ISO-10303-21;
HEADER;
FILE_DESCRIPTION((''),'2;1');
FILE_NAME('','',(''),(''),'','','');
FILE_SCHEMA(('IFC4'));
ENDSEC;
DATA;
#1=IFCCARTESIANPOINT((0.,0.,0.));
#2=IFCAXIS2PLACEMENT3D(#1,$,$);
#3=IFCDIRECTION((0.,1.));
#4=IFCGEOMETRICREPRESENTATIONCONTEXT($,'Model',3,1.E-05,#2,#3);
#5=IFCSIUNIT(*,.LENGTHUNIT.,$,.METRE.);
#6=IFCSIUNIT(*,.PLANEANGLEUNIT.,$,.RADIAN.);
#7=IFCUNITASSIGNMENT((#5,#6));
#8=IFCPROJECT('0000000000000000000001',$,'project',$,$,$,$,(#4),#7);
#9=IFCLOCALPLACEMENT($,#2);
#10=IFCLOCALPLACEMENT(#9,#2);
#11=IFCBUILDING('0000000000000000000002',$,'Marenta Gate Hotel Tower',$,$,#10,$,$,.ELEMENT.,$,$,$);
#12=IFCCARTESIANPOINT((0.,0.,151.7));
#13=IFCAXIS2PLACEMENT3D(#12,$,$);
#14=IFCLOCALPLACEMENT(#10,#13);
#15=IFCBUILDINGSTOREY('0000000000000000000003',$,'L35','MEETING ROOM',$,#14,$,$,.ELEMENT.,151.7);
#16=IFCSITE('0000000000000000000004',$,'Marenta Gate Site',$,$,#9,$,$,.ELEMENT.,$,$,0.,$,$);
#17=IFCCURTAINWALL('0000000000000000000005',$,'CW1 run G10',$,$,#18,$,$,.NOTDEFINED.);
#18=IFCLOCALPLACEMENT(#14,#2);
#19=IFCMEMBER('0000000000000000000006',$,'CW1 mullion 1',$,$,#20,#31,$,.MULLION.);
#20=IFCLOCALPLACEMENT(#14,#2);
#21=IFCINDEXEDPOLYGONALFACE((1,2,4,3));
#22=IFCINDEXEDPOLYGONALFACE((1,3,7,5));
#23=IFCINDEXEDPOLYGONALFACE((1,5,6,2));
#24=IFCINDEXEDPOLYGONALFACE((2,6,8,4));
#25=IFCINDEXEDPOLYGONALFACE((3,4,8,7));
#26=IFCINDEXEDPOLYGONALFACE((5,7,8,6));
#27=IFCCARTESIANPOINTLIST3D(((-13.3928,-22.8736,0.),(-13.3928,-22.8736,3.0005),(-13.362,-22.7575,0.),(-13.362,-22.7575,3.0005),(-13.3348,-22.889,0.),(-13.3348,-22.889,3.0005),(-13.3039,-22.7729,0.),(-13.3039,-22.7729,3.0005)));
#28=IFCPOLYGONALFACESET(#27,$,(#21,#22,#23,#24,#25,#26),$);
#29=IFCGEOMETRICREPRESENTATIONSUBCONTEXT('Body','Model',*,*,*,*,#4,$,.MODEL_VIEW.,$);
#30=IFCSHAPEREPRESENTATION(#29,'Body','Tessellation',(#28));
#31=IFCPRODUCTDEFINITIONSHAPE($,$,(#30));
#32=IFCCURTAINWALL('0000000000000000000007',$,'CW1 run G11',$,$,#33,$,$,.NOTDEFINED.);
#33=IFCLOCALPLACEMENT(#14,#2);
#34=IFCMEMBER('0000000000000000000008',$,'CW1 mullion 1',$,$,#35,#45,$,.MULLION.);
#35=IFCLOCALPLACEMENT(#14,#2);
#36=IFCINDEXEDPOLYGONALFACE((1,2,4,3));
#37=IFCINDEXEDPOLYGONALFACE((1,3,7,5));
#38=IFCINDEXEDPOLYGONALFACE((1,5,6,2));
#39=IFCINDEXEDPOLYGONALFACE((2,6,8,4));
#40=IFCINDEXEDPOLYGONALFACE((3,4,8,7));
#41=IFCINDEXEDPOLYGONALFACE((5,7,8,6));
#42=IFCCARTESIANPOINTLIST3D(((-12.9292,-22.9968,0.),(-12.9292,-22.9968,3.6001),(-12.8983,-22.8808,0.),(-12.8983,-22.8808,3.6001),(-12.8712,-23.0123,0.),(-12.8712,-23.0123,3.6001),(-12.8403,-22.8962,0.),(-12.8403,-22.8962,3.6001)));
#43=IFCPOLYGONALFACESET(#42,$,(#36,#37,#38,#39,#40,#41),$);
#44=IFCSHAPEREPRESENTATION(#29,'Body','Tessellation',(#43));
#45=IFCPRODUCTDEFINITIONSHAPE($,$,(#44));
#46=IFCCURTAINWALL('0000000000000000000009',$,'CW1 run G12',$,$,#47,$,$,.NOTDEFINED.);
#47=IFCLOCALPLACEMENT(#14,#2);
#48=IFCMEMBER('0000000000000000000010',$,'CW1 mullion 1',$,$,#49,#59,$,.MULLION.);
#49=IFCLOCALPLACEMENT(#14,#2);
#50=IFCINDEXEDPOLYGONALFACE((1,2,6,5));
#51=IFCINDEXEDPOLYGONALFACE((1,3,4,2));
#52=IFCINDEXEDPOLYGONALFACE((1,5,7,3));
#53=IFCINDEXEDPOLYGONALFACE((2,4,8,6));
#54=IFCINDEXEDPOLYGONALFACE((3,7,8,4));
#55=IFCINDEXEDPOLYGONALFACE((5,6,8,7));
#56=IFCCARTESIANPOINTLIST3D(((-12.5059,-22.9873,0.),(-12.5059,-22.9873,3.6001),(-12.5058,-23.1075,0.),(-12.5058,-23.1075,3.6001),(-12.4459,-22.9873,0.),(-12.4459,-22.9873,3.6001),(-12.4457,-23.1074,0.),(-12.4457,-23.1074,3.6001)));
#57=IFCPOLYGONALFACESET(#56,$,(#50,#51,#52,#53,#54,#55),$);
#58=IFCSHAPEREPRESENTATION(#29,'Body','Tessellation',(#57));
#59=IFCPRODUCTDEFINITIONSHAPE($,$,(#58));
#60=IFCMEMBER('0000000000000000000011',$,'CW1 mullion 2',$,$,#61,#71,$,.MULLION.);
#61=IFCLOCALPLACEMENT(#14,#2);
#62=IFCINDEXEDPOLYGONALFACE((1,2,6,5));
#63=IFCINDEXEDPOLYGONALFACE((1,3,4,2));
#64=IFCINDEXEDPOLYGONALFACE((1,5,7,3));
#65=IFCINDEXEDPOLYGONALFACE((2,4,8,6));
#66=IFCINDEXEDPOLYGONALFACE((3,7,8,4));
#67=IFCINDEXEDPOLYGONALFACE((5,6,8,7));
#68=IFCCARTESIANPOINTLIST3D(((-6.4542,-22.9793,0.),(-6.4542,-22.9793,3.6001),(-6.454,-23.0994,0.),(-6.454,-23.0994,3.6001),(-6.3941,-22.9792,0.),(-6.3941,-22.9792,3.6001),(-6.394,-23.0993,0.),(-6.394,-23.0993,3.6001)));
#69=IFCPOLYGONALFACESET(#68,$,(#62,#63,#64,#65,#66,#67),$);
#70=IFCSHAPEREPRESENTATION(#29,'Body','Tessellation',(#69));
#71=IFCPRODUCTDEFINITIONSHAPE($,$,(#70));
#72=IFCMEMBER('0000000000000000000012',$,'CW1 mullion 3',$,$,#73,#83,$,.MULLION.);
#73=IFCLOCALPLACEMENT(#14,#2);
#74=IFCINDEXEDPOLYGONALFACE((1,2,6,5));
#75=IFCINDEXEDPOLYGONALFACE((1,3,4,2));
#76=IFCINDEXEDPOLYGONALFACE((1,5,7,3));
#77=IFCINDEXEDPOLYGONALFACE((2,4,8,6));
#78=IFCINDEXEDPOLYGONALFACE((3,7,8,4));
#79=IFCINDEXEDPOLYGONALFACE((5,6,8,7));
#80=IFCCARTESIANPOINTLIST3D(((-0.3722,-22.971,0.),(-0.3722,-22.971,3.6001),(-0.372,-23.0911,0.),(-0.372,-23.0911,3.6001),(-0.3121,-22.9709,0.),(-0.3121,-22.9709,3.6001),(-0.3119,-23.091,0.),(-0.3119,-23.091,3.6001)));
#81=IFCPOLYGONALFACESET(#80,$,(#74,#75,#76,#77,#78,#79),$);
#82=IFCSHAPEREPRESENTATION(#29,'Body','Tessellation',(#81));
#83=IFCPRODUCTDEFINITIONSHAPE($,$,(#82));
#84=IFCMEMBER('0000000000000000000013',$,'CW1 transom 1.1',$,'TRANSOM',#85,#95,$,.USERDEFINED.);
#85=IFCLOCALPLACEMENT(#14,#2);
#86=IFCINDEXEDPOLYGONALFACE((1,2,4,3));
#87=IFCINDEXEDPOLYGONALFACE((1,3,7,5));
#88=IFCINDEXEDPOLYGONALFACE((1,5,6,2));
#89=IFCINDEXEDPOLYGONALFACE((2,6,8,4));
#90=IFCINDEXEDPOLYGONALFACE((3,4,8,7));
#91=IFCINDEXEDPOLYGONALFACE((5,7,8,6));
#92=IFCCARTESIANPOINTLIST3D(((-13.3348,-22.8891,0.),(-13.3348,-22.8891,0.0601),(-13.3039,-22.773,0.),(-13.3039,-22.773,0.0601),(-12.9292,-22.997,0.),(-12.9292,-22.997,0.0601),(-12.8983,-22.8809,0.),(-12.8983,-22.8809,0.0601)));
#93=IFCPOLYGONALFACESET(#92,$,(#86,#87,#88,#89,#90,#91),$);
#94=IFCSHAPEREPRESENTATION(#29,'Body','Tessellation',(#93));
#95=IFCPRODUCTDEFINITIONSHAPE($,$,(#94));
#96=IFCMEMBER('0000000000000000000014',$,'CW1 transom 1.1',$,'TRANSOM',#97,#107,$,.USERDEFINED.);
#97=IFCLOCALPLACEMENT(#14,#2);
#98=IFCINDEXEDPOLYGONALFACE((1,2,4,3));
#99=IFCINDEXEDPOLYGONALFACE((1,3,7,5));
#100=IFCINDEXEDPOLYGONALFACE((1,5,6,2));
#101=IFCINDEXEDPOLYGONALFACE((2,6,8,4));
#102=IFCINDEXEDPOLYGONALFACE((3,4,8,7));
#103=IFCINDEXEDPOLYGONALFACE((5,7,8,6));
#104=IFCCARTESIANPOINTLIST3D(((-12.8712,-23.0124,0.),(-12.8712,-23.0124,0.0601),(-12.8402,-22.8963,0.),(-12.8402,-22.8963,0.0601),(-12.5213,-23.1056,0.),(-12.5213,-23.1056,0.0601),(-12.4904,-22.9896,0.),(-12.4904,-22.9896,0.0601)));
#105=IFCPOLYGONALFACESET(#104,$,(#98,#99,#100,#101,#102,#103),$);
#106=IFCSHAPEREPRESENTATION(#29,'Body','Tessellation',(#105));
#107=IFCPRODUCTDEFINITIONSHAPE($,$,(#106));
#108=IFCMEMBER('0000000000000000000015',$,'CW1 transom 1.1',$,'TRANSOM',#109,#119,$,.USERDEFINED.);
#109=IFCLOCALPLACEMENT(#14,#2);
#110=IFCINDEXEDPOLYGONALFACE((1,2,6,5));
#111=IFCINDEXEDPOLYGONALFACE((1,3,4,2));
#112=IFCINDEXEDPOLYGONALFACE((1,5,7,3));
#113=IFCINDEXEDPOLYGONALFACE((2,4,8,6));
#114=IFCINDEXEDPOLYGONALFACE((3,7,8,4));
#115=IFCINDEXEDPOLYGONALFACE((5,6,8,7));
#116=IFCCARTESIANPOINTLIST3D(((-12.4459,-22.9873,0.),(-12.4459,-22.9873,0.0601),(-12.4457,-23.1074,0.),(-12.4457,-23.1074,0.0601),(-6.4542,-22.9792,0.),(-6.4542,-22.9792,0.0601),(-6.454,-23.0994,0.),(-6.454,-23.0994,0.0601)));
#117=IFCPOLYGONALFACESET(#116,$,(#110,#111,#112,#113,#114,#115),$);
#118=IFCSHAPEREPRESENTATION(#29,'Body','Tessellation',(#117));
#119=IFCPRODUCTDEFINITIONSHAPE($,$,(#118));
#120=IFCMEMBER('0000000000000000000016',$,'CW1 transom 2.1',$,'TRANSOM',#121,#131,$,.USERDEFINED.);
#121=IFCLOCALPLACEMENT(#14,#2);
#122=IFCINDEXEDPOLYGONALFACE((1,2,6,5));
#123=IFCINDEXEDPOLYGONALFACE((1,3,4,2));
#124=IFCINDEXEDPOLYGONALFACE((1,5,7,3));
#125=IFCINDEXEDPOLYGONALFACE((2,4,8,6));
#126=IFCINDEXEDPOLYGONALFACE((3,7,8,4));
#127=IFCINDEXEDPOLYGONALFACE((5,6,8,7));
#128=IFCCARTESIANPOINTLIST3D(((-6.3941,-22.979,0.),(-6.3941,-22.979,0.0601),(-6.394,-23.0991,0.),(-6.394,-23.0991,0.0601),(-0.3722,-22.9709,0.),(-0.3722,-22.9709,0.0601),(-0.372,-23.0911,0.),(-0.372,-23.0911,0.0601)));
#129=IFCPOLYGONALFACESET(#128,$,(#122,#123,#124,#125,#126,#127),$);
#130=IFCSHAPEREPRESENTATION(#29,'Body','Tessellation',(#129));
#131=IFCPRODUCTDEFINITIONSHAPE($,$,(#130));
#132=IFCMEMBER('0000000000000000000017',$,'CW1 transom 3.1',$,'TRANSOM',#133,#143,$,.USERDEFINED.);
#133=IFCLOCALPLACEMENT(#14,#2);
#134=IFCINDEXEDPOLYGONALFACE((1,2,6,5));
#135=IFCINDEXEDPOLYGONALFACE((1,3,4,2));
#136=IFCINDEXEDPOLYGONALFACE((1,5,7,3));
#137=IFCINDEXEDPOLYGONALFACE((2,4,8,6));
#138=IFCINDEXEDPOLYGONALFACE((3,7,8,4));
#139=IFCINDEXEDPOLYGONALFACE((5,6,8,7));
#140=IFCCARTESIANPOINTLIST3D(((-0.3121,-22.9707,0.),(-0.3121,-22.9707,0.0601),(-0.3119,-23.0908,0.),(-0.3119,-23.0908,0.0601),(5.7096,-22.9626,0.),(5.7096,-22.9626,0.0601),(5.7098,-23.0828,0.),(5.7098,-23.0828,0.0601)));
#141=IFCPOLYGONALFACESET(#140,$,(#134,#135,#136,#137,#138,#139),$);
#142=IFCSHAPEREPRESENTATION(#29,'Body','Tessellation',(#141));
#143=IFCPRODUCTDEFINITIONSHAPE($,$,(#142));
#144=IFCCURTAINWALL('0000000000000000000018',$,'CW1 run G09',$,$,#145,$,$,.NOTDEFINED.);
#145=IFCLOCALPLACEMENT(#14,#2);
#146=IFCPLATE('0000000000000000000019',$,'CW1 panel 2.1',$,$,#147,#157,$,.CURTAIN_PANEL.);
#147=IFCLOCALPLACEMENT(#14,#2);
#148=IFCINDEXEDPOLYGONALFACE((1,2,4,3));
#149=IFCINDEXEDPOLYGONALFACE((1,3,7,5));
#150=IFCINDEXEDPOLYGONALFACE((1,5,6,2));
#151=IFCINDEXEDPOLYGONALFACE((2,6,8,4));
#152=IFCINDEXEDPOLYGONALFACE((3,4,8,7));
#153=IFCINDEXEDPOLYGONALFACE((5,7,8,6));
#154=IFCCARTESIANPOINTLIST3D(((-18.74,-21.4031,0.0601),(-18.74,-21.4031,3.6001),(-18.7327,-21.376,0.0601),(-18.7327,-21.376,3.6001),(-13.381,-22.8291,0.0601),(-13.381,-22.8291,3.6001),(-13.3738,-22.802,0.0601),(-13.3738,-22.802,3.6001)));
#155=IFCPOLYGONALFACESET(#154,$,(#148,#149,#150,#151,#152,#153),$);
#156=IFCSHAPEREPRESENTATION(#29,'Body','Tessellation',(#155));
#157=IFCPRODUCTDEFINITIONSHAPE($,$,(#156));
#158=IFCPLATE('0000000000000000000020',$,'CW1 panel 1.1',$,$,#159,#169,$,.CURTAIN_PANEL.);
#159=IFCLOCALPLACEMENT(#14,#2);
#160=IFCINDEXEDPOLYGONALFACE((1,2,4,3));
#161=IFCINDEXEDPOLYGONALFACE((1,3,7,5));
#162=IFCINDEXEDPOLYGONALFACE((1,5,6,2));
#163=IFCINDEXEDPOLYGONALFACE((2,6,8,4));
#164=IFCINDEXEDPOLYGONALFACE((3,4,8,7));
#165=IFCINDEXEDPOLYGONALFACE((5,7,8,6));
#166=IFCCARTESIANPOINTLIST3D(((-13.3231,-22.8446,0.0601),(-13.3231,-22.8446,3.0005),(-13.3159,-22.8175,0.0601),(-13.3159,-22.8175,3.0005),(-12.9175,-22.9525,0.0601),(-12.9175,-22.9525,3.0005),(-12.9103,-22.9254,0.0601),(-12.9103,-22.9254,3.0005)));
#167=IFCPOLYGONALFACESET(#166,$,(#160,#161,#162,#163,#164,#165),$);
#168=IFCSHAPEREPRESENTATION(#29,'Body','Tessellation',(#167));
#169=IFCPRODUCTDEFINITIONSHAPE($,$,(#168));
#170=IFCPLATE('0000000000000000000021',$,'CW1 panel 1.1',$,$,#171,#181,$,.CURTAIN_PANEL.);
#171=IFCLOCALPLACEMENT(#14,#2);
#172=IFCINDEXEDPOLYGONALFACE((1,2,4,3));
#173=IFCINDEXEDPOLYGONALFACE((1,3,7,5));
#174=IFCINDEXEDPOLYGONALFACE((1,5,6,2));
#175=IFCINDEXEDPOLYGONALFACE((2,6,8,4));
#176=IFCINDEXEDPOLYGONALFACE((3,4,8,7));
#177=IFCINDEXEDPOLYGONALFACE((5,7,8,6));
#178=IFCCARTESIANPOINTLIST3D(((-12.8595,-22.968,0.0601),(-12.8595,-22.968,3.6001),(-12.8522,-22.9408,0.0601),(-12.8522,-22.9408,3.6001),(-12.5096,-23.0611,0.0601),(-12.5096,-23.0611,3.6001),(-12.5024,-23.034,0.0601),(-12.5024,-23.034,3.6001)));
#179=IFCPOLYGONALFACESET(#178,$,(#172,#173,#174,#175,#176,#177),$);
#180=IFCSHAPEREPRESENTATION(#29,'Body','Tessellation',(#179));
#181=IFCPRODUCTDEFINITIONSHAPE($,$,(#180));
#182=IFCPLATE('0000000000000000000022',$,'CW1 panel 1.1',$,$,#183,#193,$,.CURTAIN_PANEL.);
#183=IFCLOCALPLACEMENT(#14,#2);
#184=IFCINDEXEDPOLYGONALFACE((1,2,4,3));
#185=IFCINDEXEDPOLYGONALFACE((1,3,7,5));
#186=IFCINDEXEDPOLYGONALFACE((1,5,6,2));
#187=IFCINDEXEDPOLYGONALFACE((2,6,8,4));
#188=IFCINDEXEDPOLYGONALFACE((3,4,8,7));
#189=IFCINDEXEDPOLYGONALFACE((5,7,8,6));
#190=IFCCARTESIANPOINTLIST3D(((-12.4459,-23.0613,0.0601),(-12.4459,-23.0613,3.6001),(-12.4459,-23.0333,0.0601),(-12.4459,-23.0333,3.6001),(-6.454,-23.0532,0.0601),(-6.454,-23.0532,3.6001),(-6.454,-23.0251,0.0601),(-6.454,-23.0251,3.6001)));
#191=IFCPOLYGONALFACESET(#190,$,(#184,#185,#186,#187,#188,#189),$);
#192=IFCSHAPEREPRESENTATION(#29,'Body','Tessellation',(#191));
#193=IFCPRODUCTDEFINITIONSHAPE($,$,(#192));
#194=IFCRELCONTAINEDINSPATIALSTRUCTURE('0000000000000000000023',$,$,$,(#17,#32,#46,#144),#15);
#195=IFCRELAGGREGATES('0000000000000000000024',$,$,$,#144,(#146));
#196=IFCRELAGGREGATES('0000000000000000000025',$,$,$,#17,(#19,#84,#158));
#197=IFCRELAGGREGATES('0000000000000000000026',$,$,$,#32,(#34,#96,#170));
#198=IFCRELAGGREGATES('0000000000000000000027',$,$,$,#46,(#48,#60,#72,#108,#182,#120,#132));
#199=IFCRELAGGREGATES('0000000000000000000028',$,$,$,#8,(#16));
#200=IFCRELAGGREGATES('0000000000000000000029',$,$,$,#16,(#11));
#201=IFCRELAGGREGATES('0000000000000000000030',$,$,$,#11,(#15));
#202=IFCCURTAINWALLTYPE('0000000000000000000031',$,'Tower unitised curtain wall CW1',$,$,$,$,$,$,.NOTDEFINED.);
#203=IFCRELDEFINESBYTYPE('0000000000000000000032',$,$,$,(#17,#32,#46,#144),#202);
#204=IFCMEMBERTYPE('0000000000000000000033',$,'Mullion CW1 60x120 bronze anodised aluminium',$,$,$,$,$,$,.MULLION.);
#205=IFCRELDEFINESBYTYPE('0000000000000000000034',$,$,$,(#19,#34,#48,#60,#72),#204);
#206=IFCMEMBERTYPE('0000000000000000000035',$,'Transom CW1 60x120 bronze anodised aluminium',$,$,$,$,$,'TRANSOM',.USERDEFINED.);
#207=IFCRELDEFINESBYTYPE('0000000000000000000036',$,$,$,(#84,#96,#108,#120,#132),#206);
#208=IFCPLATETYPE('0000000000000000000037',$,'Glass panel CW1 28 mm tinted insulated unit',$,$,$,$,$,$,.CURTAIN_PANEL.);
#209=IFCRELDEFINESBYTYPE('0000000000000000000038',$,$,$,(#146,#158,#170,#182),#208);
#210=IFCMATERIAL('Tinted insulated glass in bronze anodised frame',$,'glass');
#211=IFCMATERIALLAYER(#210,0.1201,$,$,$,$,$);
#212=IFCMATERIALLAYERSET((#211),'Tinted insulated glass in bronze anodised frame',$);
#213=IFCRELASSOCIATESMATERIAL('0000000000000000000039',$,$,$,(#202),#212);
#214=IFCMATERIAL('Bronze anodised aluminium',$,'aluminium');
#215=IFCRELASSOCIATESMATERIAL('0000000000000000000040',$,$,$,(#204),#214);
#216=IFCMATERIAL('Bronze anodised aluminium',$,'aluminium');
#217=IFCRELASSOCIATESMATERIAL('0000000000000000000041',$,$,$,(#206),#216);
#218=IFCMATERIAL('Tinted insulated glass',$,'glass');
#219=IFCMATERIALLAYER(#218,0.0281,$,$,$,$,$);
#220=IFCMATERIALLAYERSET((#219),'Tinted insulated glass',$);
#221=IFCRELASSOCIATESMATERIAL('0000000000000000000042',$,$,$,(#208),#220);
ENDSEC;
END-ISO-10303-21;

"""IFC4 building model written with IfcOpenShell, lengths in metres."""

from ifc_helpers import new_model, si_unit, direction, frame, origin, origin_2d, place, context, subcontext, project, spatial, rectangle, extrude, material, layer, layer_set, material_profile, profile_set, type_object, element, aggregate, save


model = new_model("IFC4")

# Units and contexts
model_context = context("Model", 3, precision=1e-05, world=origin(), true_north=direction((0.0, 1.0)))
body_context = subcontext(model_context, "Body", "Model", "MODEL_VIEW")
ifc_project = project(units=[si_unit("LENGTHUNIT", "METRE"), si_unit("PLANEANGLEUNIT", "RADIAN")], contexts=[model_context])

# Site, building, storey
site_placement = place(None, origin())
site = spatial("IfcSite", under=ifc_project, at=site_placement, Name="Marenta Gate Site", CompositionType="ELEMENT", RefElevation=0.0)
building_placement = place(site_placement, origin())
building = spatial("IfcBuilding", under=site, at=building_placement, Name="Marenta Gate Hotel Tower", CompositionType="ELEMENT")
storey_placement = place(building_placement, frame((0.0, 0.0, 151.7)))
storey = spatial("IfcBuildingStorey", under=building, at=storey_placement, Name="L35", Description="MEETING ROOM", CompositionType="ELEMENT", Elevation=151.7)

# Curtain walls, members
ifc_material_1 = material(Name="Tinted insulated glass in bronze anodised frame", Category="glass")
ifc_layer_1 = layer(ifc_material_1, 0.1201)
ifc_layer_set_1 = layer_set([ifc_layer_1], Name="Tinted insulated glass in bronze anodised frame")
curtain_wall_type = type_object("IfcCurtainWallType", Name="Tower unitised curtain wall CW1", PredefinedType="NOTDEFINED", material=ifc_layer_set_1)
curtain_wall_1_placement = place(storey_placement, origin())
curtain_wall_1 = element("IfcCurtainWall", 1, at=curtain_wall_1_placement, inside=storey, type_object=curtain_wall_type, Name="CW1 run G10", PredefinedType="NOTDEFINED")
ifc_material_2 = material(Name="Bronze anodised aluminium", Category="aluminium")
ifc_material_profile_1 = material_profile(ifc_material_2, rectangle(XDim=0.1201, YDim=0.0601, at=origin_2d()), Name="Mullion CW1 60x120 bronze anodised aluminium")
ifc_profile_set_1 = profile_set([ifc_material_profile_1], Name="Bronze anodised aluminium")
member_type_1 = type_object("IfcMemberType", Name="Mullion CW1 60x120 bronze anodised aluminium", PredefinedType="MULLION", material=ifc_profile_set_1)
member_1_placement = place(storey_placement, frame((-13.3484, -22.8232, 0.0), z_axis=(0.0, 0.0, 1.0), x_axis=(0.257027, 0.966404, 0.0)))
member_1 = element("IfcMember", 2, at=member_1_placement, type_object=member_type_1, Name="CW1 mullion 1", PredefinedType="MULLION", context=body_context, shape_type="SweptSolid", body=[
    extrude(rectangle(XDim=0.1201, YDim=0.0601, at=origin_2d()), origin(), (0.0, 0.0, 1.0), 3.0005),
])
curtain_wall_2_placement = place(storey_placement, origin())
curtain_wall_2 = element("IfcCurtainWall", 3, at=curtain_wall_2_placement, inside=storey, type_object=curtain_wall_type, Name="CW1 run G11", PredefinedType="NOTDEFINED")
member_2_placement = place(storey_placement, frame((-12.8848, -22.9465, 0.0), z_axis=(0.0, 0.0, 1.0), x_axis=(0.257279, 0.966337, 0.0)))
member_2 = element("IfcMember", 4, at=member_2_placement, type_object=member_type_1, Name="CW1 mullion 1", PredefinedType="MULLION", context=body_context, shape_type="SweptSolid", body=[
    extrude(rectangle(XDim=0.1201, YDim=0.0601, at=origin_2d()), origin(), (0.0, 0.0, 1.0), 3.6001),
])

# Curtain wall, members
curtain_wall_3_placement = place(storey_placement, origin())
curtain_wall_3 = element("IfcCurtainWall", 5, at=curtain_wall_3_placement, inside=storey, type_object=curtain_wall_type, Name="CW1 run G12", PredefinedType="NOTDEFINED")
member_3_placement = place(storey_placement, frame((-12.4758, -23.0474, 0.0), z_axis=(0.0, 0.0, 1.0), x_axis=(-0.001365, 0.999999, 0.0)))
member_3 = element("IfcMember", 6, at=member_3_placement, type_object=member_type_1, Name="CW1 mullion 1", PredefinedType="MULLION", context=body_context, shape_type="SweptSolid", body=[
    extrude(rectangle(XDim=0.1201, YDim=0.0601, at=origin_2d()), origin(), (0.0, 0.0, 1.0), 3.6001),
])
member_4_placement = place(storey_placement, frame((-6.4241, -23.0393, 0.0), z_axis=(0.0, 0.0, 1.0), x_axis=(-0.001365, 0.999999, 0.0)))
member_4 = element("IfcMember", 7, at=member_4_placement, type_object=member_type_1, Name="CW1 mullion 2", PredefinedType="MULLION", context=body_context, shape_type="SweptSolid", body=[
    extrude(rectangle(XDim=0.1201, YDim=0.0601, at=origin_2d()), origin(), (0.0, 0.0, 1.0), 3.6001),
])
member_5_placement = place(storey_placement, frame((-0.342, -23.031, 0.0), z_axis=(0.0, 0.0, 1.0), x_axis=(-0.001365, 0.999999, 0.0)))
member_5 = element("IfcMember", 8, at=member_5_placement, type_object=member_type_1, Name="CW1 mullion 3", PredefinedType="MULLION", context=body_context, shape_type="SweptSolid", body=[
    extrude(rectangle(XDim=0.1201, YDim=0.0601, at=origin_2d()), origin(), (0.0, 0.0, 1.0), 3.6001),
])

# Members
ifc_material_3 = material(Name="Bronze anodised aluminium", Category="aluminium")
ifc_material_profile_2 = material_profile(ifc_material_3, rectangle(XDim=0.1201, YDim=0.0601, at=origin_2d()), Name="Transom CW1 60x120 bronze anodised aluminium")
ifc_profile_set_2 = profile_set([ifc_material_profile_2], Name="Bronze anodised aluminium")
member_type_2 = type_object("IfcMemberType", Name="Transom CW1 60x120 bronze anodised aluminium", ElementType="TRANSOM", PredefinedType="USERDEFINED", material=ifc_profile_set_2)
member_6_placement = place(storey_placement, frame((-13.3193, -22.8311, 0.03), z_axis=(0.96637, -0.257156, 0.0), x_axis=(0.257156, 0.96637, 0.0)))
member_6 = element("IfcMember", 9, at=member_6_placement, type_object=member_type_2, Name="CW1 transom 1.1", ObjectType="TRANSOM", PredefinedType="USERDEFINED", context=body_context, shape_type="SweptSolid", body=[
    extrude(rectangle(XDim=0.1201, YDim=0.0601, at=origin_2d()), origin(), (0.0, 0.0, 1.0), 0.4197),
])
member_7_placement = place(storey_placement, frame((-12.8557, -22.9543, 0.03), z_axis=(0.966257, -0.257579, 0.0), x_axis=(0.257579, 0.966257, 0.0)))
member_7 = element("IfcMember", 10, at=member_7_placement, type_object=member_type_2, Name="CW1 transom 1.1", ObjectType="TRANSOM", PredefinedType="USERDEFINED", context=body_context, shape_type="SweptSolid", body=[
    extrude(rectangle(XDim=0.1201, YDim=0.0601, at=origin_2d()), origin(), (0.0, 0.0, 1.0), 0.3621),
])
member_8_placement = place(storey_placement, frame((-12.4458, -23.0474, 0.03), z_axis=(0.999999, 0.001345, 0.0), x_axis=(-0.001345, 0.999999, 0.0)))
member_8 = element("IfcMember", 11, at=member_8_placement, type_object=member_type_2, Name="CW1 transom 1.1", ObjectType="TRANSOM", PredefinedType="USERDEFINED", context=body_context, shape_type="SweptSolid", body=[
    extrude(rectangle(XDim=0.1201, YDim=0.0601, at=origin_2d()), origin(), (0.0, 0.0, 1.0), 5.9917),
])
member_9_placement = place(storey_placement, frame((-6.394, -23.0391, 0.03), z_axis=(0.999999, 0.001338, 0.0), x_axis=(-0.001338, 0.999999, 0.0)))
member_9 = element("IfcMember", 12, at=member_9_placement, type_object=member_type_2, Name="CW1 transom 2.1", ObjectType="TRANSOM", PredefinedType="USERDEFINED", context=body_context, shape_type="SweptSolid", body=[
    extrude(rectangle(XDim=0.1201, YDim=0.0601, at=origin_2d()), origin(), (0.0, 0.0, 1.0), 6.022),
])
member_10_placement = place(storey_placement, frame((-0.312, -23.0308, 0.03), z_axis=(0.999999, 0.001338, 0.0), x_axis=(-0.001338, 0.999999, 0.0)))
member_10 = element("IfcMember", 13, at=member_10_placement, type_object=member_type_2, Name="CW1 transom 3.1", ObjectType="TRANSOM", PredefinedType="USERDEFINED", context=body_context, shape_type="SweptSolid", body=[
    extrude(rectangle(XDim=0.1201, YDim=0.0601, at=origin_2d()), origin(), (0.0, 0.0, 1.0), 6.0217),
])

# Curtain wall, plate
curtain_wall_4_placement = place(storey_placement, origin())
curtain_wall_4 = element("IfcCurtainWall", 14, at=curtain_wall_4_placement, inside=storey, type_object=curtain_wall_type, Name="CW1 run G09", PredefinedType="NOTDEFINED")
ifc_material_4 = material(Name="Tinted insulated glass", Category="glass")
ifc_layer_2 = layer(ifc_material_4, 0.0281)
ifc_layer_set_2 = layer_set([ifc_layer_2], Name="Tinted insulated glass")
plate_type = type_object("IfcPlateType", Name="Glass panel CW1 28 mm tinted insulated unit", PredefinedType="CURTAIN_PANEL", material=ifc_layer_set_2)
plate_1_placement = place(storey_placement, frame((-16.0569, -22.1025, 0.0601), z_axis=(0.0, 0.0, 1.0), x_axis=(0.966373, -0.257144, 0.0)))
plate_1 = element("IfcPlate", 15, at=plate_1_placement, type_object=plate_type, Name="CW1 panel 2.1", PredefinedType="CURTAIN_PANEL", context=body_context, shape_type="SweptSolid", body=[
    extrude(rectangle(XDim=5.5454, YDim=0.0281, at=origin_2d()), origin(), (0.0, 0.0, 1.0), 3.54),
])
aggregate(curtain_wall_4, [plate_1])

# Plates
plate_2_placement = place(storey_placement, frame((-13.1167, -22.885, 0.0601), z_axis=(0.0, 0.0, 1.0), x_axis=(0.966404, -0.257027, 0.0)))
plate_2 = element("IfcPlate", 16, at=plate_2_placement, type_object=plate_type, Name="CW1 panel 1.1", PredefinedType="CURTAIN_PANEL", context=body_context, shape_type="SweptSolid", body=[
    extrude(rectangle(XDim=0.4197, YDim=0.0281, at=origin_2d()), origin(), (0.0, 0.0, 1.0), 2.9404),
])
aggregate(curtain_wall_1, [member_1, member_6, plate_2])
plate_3_placement = place(storey_placement, frame((-12.6809, -23.001, 0.0601), z_axis=(0.0, 0.0, 1.0), x_axis=(0.966337, -0.257279, 0.0)))
plate_3 = element("IfcPlate", 17, at=plate_3_placement, type_object=plate_type, Name="CW1 panel 1.1", PredefinedType="CURTAIN_PANEL", context=body_context, shape_type="SweptSolid", body=[
    extrude(rectangle(XDim=0.3621, YDim=0.0281, at=origin_2d()), origin(), (0.0, 0.0, 1.0), 3.54),
])
aggregate(curtain_wall_2, [member_2, member_7, plate_3])
plate_4_placement = place(storey_placement, frame((-9.45, -23.0432, 0.0601), z_axis=(0.0, 0.0, 1.0), x_axis=(0.999999, 0.001365, 0.0)))
plate_4 = element("IfcPlate", 18, at=plate_4_placement, type_object=plate_type, Name="CW1 panel 1.1", PredefinedType="CURTAIN_PANEL", context=body_context, shape_type="SweptSolid", body=[
    extrude(rectangle(XDim=5.9919, YDim=0.0281, at=origin_2d()), origin(), (0.0, 0.0, 1.0), 3.54),
])
aggregate(curtain_wall_3, [member_3, member_4, member_5, member_8, plate_4, member_9, member_10])

save(model, "model.ifc")
